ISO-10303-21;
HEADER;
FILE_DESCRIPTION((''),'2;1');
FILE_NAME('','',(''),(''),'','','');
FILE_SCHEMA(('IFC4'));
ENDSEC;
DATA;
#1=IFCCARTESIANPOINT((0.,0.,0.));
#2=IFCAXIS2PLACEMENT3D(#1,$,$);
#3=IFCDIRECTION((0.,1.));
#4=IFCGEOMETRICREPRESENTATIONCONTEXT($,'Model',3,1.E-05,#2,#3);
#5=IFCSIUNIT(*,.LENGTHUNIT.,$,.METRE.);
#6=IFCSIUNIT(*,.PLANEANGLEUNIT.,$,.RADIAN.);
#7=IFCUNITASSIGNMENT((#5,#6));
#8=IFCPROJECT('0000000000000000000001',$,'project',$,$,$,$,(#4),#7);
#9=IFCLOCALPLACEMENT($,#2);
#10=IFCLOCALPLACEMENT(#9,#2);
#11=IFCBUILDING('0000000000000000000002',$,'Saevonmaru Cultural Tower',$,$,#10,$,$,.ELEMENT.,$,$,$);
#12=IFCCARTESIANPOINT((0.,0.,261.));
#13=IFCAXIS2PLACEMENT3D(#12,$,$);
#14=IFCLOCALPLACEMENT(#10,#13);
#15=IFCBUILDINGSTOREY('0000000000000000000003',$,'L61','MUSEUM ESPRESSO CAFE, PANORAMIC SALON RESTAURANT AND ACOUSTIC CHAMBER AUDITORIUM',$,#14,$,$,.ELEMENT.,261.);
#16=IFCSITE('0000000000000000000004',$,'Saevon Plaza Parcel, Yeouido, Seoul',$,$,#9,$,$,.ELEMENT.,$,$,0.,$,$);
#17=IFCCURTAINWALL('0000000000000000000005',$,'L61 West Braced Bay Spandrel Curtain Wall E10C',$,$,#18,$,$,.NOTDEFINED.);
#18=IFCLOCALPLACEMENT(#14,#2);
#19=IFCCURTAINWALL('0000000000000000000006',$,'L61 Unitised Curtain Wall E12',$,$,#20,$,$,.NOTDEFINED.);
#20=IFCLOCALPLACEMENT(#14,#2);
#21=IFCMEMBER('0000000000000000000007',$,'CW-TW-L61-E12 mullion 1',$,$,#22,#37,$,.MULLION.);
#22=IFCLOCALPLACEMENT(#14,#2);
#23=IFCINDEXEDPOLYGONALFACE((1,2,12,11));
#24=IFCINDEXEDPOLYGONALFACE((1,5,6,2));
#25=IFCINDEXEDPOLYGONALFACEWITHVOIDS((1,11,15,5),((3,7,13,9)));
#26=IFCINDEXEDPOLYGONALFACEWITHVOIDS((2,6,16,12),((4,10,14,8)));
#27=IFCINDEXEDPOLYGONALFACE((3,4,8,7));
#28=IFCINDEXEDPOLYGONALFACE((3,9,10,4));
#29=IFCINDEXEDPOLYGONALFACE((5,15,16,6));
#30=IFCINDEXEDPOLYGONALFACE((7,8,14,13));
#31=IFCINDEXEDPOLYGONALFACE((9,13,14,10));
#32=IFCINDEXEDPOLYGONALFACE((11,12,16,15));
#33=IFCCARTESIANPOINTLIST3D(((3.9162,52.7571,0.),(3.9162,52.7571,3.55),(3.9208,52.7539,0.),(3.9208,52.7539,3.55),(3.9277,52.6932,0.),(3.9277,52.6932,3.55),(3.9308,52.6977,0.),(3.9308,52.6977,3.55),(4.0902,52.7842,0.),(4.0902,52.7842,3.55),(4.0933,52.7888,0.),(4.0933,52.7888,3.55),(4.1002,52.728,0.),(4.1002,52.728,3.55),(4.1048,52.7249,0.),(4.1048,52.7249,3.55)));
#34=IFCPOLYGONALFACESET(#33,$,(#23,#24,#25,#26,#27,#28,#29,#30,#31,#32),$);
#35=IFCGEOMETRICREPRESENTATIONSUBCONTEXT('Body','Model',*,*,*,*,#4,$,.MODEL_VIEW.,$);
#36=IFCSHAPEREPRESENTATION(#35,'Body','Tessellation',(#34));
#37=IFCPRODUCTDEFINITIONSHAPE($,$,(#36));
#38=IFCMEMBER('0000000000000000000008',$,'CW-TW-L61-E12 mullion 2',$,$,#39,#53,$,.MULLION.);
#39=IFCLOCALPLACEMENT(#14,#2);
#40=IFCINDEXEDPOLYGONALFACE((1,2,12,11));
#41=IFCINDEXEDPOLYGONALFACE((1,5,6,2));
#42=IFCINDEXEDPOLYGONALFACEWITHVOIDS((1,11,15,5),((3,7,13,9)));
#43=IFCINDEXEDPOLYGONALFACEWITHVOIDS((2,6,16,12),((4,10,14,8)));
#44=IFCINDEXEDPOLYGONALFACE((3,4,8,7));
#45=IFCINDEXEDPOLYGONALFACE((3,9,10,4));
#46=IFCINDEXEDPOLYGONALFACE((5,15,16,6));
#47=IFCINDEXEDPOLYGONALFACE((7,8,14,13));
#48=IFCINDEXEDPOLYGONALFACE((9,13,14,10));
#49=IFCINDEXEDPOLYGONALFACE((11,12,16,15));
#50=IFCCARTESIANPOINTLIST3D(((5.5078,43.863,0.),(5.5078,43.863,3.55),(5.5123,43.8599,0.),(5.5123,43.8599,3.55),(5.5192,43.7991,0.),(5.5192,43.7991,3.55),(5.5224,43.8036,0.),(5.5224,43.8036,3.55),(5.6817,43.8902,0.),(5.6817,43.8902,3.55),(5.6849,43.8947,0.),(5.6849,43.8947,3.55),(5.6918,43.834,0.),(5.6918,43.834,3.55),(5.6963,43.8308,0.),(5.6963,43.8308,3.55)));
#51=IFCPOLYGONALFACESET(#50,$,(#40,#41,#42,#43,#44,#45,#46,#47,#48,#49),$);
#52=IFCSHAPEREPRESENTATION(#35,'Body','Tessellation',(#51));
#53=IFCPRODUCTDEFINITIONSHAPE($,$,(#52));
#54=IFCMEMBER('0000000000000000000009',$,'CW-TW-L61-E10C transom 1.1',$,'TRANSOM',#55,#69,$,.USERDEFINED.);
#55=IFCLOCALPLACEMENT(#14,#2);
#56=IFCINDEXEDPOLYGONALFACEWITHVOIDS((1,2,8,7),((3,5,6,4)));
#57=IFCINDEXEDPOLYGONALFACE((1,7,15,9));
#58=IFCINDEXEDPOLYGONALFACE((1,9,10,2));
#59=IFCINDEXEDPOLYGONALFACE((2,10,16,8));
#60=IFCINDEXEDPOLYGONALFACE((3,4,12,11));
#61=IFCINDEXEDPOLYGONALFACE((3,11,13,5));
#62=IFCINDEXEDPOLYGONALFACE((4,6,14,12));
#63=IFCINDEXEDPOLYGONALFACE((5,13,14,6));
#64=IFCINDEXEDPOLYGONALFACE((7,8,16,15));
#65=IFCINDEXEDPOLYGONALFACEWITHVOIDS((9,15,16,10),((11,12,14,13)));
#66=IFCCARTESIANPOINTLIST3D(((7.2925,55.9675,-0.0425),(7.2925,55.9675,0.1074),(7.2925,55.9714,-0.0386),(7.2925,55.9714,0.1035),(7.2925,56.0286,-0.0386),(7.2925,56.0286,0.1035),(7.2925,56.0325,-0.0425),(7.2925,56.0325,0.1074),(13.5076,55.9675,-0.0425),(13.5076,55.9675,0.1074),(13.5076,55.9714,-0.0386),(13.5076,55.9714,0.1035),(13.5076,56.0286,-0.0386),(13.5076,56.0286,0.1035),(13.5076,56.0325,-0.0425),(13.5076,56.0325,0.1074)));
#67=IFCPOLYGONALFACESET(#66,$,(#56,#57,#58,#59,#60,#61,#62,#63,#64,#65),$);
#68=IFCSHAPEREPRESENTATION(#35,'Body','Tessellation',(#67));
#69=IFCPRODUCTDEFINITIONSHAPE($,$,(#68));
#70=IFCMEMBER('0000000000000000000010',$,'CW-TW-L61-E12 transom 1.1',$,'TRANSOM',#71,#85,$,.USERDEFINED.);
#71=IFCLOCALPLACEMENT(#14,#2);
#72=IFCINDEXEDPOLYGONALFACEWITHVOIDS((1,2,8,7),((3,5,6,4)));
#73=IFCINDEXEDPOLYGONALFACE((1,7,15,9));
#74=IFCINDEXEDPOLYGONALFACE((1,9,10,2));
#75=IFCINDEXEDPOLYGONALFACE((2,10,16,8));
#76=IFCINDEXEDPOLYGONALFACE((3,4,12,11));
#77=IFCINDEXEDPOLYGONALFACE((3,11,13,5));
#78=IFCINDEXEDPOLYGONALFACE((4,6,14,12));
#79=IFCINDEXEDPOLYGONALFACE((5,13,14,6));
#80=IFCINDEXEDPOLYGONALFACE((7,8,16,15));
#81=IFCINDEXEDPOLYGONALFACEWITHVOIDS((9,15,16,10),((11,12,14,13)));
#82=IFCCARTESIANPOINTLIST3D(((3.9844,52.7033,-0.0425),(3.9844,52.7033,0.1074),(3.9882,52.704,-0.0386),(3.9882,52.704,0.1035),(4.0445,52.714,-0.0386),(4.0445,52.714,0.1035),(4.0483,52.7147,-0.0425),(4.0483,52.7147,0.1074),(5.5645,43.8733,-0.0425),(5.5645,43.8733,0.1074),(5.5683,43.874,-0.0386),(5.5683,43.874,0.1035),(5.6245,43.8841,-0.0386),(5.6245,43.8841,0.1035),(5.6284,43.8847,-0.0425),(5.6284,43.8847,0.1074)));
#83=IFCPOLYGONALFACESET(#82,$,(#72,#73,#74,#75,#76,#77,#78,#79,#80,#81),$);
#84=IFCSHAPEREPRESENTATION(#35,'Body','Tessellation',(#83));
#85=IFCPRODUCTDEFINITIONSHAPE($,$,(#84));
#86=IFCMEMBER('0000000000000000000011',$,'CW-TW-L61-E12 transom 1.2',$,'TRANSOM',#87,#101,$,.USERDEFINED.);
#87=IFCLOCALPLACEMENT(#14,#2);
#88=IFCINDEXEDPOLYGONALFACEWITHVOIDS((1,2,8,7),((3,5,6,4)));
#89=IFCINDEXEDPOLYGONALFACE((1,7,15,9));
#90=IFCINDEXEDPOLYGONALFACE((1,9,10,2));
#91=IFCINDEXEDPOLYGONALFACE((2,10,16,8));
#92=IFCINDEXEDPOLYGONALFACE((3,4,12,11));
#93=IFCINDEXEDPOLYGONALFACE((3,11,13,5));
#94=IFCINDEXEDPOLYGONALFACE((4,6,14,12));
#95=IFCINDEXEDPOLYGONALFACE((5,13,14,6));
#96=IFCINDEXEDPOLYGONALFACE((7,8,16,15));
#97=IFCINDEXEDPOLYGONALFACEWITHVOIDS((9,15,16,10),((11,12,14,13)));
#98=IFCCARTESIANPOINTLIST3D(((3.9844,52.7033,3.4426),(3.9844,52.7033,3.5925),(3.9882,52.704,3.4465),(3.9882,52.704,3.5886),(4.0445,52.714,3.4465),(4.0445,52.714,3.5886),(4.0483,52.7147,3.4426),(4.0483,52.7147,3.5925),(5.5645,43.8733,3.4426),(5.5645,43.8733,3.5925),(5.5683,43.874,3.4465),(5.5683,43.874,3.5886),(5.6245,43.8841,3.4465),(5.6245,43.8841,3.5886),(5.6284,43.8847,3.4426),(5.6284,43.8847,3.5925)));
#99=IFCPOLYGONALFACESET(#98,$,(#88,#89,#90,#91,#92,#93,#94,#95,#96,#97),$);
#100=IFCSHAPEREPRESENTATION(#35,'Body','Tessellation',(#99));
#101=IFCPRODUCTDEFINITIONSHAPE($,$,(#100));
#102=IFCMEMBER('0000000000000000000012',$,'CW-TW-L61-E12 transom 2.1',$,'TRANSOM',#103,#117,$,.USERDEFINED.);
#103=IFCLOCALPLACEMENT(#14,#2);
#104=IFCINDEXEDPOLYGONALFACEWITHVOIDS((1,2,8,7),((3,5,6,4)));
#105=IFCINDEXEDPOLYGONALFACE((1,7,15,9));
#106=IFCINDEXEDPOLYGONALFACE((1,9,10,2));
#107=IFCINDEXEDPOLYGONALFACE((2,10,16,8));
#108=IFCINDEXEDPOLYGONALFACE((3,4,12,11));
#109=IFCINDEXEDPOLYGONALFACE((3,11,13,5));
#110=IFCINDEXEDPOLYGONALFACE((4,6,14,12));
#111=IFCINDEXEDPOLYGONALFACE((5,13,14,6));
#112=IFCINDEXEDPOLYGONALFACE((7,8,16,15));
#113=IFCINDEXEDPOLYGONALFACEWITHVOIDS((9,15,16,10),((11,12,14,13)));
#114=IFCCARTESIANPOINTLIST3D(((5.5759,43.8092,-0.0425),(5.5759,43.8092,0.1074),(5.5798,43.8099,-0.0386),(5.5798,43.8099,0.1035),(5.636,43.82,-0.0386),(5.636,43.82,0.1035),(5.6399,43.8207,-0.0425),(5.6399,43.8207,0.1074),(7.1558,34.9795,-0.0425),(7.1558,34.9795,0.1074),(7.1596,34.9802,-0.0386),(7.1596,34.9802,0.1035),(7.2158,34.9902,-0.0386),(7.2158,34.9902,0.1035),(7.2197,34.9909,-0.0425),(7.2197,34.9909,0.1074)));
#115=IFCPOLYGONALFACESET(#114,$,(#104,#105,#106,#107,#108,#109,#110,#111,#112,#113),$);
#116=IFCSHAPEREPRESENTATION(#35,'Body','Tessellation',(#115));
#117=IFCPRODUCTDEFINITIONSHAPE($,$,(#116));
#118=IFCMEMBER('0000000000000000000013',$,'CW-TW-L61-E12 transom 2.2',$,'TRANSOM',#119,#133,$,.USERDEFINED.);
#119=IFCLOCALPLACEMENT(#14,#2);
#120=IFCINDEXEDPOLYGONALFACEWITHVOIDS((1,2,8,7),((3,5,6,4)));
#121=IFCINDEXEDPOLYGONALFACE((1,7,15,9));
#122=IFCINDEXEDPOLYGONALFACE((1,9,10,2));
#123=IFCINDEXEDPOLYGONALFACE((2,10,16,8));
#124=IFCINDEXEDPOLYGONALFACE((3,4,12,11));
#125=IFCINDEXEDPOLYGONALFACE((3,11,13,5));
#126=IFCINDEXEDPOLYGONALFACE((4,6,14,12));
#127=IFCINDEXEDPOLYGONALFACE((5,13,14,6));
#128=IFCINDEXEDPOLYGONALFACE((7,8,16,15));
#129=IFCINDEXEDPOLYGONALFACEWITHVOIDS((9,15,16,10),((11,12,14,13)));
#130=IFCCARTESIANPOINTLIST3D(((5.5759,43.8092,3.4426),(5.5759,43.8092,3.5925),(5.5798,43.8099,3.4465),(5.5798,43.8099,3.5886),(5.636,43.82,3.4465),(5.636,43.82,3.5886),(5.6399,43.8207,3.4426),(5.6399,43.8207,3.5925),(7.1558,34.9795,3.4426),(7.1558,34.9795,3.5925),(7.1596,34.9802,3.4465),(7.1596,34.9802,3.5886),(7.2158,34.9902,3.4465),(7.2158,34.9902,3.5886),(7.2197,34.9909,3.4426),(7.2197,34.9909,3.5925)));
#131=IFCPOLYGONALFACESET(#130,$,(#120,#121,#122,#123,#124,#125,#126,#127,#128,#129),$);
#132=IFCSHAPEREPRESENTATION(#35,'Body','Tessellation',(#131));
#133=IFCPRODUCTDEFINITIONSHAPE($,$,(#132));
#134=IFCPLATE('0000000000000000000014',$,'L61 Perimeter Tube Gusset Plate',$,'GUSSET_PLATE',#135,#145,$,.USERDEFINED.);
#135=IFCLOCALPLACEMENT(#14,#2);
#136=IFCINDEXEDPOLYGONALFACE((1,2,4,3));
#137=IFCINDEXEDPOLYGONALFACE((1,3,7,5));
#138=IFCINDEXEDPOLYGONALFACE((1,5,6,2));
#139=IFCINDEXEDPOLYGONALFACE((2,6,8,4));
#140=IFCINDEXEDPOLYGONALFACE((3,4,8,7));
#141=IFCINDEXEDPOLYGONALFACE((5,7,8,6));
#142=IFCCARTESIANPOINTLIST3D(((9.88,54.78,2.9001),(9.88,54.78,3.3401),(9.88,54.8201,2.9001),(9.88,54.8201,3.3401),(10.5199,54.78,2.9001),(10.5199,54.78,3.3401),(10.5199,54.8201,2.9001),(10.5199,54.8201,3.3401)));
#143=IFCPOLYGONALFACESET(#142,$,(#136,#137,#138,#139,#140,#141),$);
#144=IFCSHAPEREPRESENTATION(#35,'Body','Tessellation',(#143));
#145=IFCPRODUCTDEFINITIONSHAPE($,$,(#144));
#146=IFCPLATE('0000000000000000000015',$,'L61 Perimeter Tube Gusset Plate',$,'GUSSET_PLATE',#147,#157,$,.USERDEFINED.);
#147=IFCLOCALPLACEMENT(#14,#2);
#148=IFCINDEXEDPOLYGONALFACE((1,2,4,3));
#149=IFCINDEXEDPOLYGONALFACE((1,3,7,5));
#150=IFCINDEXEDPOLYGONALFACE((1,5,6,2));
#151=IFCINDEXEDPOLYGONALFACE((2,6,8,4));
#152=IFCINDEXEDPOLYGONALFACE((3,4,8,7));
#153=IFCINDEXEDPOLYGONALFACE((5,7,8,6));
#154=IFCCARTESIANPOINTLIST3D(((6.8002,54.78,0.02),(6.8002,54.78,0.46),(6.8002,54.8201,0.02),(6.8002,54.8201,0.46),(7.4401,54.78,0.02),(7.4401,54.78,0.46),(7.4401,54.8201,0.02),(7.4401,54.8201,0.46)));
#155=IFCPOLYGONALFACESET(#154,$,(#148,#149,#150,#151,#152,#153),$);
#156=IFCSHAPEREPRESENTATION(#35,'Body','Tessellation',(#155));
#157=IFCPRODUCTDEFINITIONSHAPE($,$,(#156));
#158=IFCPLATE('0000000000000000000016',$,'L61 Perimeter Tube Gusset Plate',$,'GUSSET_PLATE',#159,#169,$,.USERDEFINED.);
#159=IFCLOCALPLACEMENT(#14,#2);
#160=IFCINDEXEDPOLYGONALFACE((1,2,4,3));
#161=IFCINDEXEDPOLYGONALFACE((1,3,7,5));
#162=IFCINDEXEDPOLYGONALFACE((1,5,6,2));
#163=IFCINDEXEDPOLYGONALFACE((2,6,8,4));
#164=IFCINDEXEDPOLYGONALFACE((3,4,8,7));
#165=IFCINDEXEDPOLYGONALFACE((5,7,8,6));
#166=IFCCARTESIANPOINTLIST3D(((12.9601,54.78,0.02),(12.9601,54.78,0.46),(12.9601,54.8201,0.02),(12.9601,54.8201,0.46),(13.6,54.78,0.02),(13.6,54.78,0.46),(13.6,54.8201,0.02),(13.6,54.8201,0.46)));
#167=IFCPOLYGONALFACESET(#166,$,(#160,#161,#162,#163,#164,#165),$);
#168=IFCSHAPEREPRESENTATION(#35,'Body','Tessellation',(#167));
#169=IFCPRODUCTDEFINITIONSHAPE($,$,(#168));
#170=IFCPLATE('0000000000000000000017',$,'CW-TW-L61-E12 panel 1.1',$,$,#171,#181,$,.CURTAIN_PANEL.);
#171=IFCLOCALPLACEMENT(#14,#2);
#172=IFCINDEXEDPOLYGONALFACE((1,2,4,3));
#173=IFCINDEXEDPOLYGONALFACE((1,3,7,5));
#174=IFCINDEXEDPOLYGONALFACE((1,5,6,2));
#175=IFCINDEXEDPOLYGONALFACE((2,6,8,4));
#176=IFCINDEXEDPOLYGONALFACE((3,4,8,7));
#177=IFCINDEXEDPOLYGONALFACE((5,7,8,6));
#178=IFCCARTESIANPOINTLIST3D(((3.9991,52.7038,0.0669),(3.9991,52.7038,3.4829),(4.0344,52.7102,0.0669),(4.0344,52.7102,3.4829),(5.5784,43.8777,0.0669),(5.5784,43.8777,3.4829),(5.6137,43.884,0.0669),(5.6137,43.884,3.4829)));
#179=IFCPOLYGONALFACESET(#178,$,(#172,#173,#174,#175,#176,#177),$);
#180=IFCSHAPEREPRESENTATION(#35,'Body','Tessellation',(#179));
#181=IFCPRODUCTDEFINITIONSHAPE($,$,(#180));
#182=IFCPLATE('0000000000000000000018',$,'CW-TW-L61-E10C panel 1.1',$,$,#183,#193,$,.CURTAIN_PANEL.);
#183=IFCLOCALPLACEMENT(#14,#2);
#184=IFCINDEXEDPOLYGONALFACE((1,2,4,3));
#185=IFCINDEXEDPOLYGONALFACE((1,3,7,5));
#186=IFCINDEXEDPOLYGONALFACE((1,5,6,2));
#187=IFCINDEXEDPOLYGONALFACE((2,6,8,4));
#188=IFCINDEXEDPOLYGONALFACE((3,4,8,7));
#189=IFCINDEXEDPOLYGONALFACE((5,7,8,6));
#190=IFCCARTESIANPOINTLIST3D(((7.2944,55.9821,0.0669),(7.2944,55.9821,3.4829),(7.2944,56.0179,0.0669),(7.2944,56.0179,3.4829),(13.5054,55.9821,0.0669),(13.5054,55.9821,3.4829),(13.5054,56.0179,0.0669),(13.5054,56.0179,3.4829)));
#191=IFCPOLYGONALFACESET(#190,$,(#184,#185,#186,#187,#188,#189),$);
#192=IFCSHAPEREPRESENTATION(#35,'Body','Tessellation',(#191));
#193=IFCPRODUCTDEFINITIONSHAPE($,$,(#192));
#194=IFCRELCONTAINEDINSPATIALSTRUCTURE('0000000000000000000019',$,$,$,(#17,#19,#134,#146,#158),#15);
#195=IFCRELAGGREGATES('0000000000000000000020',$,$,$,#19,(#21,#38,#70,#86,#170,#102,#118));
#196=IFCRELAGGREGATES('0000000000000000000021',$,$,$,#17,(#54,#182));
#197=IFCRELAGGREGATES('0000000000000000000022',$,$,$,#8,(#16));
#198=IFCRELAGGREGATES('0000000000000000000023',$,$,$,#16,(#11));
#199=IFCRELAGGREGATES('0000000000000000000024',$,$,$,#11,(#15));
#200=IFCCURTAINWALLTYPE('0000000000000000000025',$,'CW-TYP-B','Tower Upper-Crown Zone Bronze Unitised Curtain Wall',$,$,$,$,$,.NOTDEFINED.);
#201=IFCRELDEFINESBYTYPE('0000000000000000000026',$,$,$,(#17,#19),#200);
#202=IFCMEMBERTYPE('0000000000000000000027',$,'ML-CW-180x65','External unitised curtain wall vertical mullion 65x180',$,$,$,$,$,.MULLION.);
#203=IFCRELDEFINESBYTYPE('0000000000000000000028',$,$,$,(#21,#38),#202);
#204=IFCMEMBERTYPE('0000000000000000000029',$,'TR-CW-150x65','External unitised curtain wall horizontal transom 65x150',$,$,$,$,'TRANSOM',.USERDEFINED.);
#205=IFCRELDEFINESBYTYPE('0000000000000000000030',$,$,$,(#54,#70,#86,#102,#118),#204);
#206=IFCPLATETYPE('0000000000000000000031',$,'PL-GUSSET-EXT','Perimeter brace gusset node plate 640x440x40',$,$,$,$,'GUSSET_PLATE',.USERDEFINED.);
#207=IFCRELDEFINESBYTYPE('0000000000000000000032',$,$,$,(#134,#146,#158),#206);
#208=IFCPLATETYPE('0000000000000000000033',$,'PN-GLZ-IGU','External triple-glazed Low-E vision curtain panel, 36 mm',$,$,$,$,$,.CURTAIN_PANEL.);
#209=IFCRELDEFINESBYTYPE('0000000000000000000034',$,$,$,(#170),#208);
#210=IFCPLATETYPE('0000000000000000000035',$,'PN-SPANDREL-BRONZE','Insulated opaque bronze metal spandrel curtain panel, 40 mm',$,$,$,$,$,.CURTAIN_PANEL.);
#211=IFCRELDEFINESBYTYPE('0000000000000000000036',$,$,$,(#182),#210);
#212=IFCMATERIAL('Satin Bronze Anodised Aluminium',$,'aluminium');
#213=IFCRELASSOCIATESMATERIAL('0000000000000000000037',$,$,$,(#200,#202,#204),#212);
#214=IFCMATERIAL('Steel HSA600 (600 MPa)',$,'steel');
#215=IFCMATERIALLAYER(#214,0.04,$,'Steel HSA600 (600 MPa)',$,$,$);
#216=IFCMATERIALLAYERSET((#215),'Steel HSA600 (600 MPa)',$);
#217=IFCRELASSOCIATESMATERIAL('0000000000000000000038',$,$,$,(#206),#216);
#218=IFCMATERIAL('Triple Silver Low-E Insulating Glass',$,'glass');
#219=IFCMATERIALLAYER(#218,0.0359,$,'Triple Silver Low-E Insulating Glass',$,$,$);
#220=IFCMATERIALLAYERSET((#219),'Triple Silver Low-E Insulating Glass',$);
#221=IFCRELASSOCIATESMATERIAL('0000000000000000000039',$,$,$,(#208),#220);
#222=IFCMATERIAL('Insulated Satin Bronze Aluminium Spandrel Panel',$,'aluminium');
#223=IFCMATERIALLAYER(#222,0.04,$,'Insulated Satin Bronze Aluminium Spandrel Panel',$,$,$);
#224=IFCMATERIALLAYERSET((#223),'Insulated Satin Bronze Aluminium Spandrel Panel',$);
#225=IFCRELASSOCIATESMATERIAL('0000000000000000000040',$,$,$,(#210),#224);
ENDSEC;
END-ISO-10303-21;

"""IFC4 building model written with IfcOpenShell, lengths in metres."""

from ifc_helpers import new_model, si_unit, direction, frame, origin, origin_2d, place, context, subcontext, project, spatial, rectangle, hollow_rectangle, extrude, material, layer, layer_set, material_profile, profile_set, type_object, element, aggregate, save


model = new_model("IFC4")

# Units and contexts
model_context = context("Model", 3, precision=1e-05, world=origin(), true_north=direction((0.0, 1.0)))
body_context = subcontext(model_context, "Body", "Model", "MODEL_VIEW")
ifc_project = project(units=[si_unit("LENGTHUNIT", "METRE"), si_unit("PLANEANGLEUNIT", "RADIAN")], contexts=[model_context])

# Site, building, storey
site_placement = place(None, origin())
site = spatial("IfcSite", under=ifc_project, at=site_placement, Name="Saevon Plaza Parcel, Yeouido, Seoul", CompositionType="ELEMENT", RefElevation=0.0)
building_placement = place(site_placement, origin())
building = spatial("IfcBuilding", under=site, at=building_placement, Name="Saevonmaru Cultural Tower", CompositionType="ELEMENT")
storey_placement = place(building_placement, frame((0.0, 0.0, 261.0)))
storey = spatial("IfcBuildingStorey", under=building, at=storey_placement, Name="L61", Description="MUSEUM ESPRESSO CAFE, PANORAMIC SALON RESTAURANT AND ACOUSTIC CHAMBER AUDITORIUM", CompositionType="ELEMENT", Elevation=261.0)

# Curtain wall
ifc_material_1 = material(Name="Satin Bronze Anodised Aluminium", Category="aluminium")
curtain_wall_type = type_object("IfcCurtainWallType", Name="CW-TYP-B", Description="Tower Upper-Crown Zone Bronze Unitised Curtain Wall", PredefinedType="NOTDEFINED", material=ifc_material_1)
curtain_wall_1_placement = place(storey_placement, origin())
curtain_wall_1 = element("IfcCurtainWall", 1, at=curtain_wall_1_placement, inside=storey, type_object=curtain_wall_type, Name="L61 West Braced Bay Spandrel Curtain Wall E10C", PredefinedType="NOTDEFINED")
ifc_material_profile_1 = material_profile(ifc_material_1, hollow_rectangle(XDim=0.0649, YDim=0.1799, WallThickness=0.0039, at=origin_2d()), Name="ALU-MULL-180x65x4")
ifc_profile_set_1 = profile_set([ifc_material_profile_1], Name="Satin Bronze Anodised Aluminium")
member_type_1 = type_object("IfcMemberType", Name="ML-CW-180x65", Description="External unitised curtain wall vertical mullion 65x180", PredefinedType="MULLION", material=ifc_profile_set_1)

# Curtain wall, members
curtain_wall_2_placement = place(storey_placement, origin())
curtain_wall_2 = element("IfcCurtainWall", 2, at=curtain_wall_2_placement, inside=storey, type_object=curtain_wall_type, Name="L61 Unitised Curtain Wall E12", PredefinedType="NOTDEFINED")
member_1_placement = place(storey_placement, frame((4.0105, 52.741, 0.0), z_axis=(0.0, 0.0, 1.0), x_axis=(0.176141, -0.984365, 0.0)))
member_1 = element("IfcMember", 3, at=member_1_placement, type_object=member_type_1, Name="CW-TW-L61-E12 mullion 1", PredefinedType="MULLION", context=body_context, shape_type="SweptSolid", body=[
    extrude(hollow_rectangle(XDim=0.0649, YDim=0.1799, WallThickness=0.0039, at=origin_2d()), origin(), (0.0, 0.0, 1.0), 3.55),
])
member_2_placement = place(storey_placement, frame((5.6021, 43.8469, 0.0), z_axis=(0.0, 0.0, 1.0), x_axis=(0.176141, -0.984365, 0.0)))
member_2 = element("IfcMember", 4, at=member_2_placement, type_object=member_type_1, Name="CW-TW-L61-E12 mullion 2", PredefinedType="MULLION", context=body_context, shape_type="SweptSolid", body=[
    extrude(hollow_rectangle(XDim=0.0649, YDim=0.1799, WallThickness=0.0039, at=origin_2d()), origin(), (0.0, 0.0, 1.0), 3.55),
])

# Members
ifc_material_profile_2 = material_profile(ifc_material_1, hollow_rectangle(XDim=0.0649, YDim=0.1499, WallThickness=0.0039, at=origin_2d()), Name="ALU-TRAN-150x65x4")
ifc_profile_set_2 = profile_set([ifc_material_profile_2], Name="Satin Bronze Anodised Aluminium")
member_type_2 = type_object("IfcMemberType", Name="TR-CW-150x65", Description="External unitised curtain wall horizontal transom 65x150", ElementType="TRANSOM", PredefinedType="USERDEFINED", material=ifc_profile_set_2)
member_3_placement = place(storey_placement, frame((13.5076, 56.0, 0.0325), z_axis=(-1.0, 0.0, 0.0), x_axis=(0.0, -1.0, 0.0)))
member_3 = element("IfcMember", 5, at=member_3_placement, type_object=member_type_2, Name="CW-TW-L61-E10C transom 1.1", ObjectType="TRANSOM", PredefinedType="USERDEFINED", context=body_context, shape_type="SweptSolid", body=[
    extrude(hollow_rectangle(XDim=0.0649, YDim=0.1499, WallThickness=0.0039, at=origin_2d()), origin(), (0.0, 0.0, 1.0), 6.2151),
])
member_4_placement = place(storey_placement, frame((4.0164, 52.709, 0.0325), z_axis=(0.176145, -0.984364, 0.0), x_axis=(0.984364, 0.176145, 0.0)))
member_4 = element("IfcMember", 6, at=member_4_placement, type_object=member_type_2, Name="CW-TW-L61-E12 transom 1.1", ObjectType="TRANSOM", PredefinedType="USERDEFINED", context=body_context, shape_type="SweptSolid", body=[
    extrude(hollow_rectangle(XDim=0.0649, YDim=0.1499, WallThickness=0.0039, at=origin_2d()), origin(), (0.0, 0.0, 1.0), 8.9702),
])
member_5_placement = place(storey_placement, frame((4.0164, 52.709, 3.5176), z_axis=(0.176145, -0.984364, 0.0), x_axis=(0.984364, 0.176145, 0.0)))
member_5 = element("IfcMember", 7, at=member_5_placement, type_object=member_type_2, Name="CW-TW-L61-E12 transom 1.2", ObjectType="TRANSOM", PredefinedType="USERDEFINED", context=body_context, shape_type="SweptSolid", body=[
    extrude(hollow_rectangle(XDim=0.0649, YDim=0.1499, WallThickness=0.0039, at=origin_2d()), origin(), (0.0, 0.0, 1.0), 8.9702),
])
member_6_placement = place(storey_placement, frame((5.6079, 43.8149, 0.0325), z_axis=(0.176123, -0.984368, 0.0), x_axis=(0.984368, 0.176123, 0.0)))
member_6 = element("IfcMember", 8, at=member_6_placement, type_object=member_type_2, Name="CW-TW-L61-E12 transom 2.1", ObjectType="TRANSOM", PredefinedType="USERDEFINED", context=body_context, shape_type="SweptSolid", body=[
    extrude(hollow_rectangle(XDim=0.0649, YDim=0.1499, WallThickness=0.0039, at=origin_2d()), origin(), (0.0, 0.0, 1.0), 8.97),
])
member_7_placement = place(storey_placement, frame((5.6079, 43.8149, 3.5176), z_axis=(0.176123, -0.984368, 0.0), x_axis=(0.984368, 0.176123, 0.0)))
member_7 = element("IfcMember", 9, at=member_7_placement, type_object=member_type_2, Name="CW-TW-L61-E12 transom 2.2", ObjectType="TRANSOM", PredefinedType="USERDEFINED", context=body_context, shape_type="SweptSolid", body=[
    extrude(hollow_rectangle(XDim=0.0649, YDim=0.1499, WallThickness=0.0039, at=origin_2d()), origin(), (0.0, 0.0, 1.0), 8.97),
])

# Plates
ifc_material_2 = material(Name="Steel HSA600 (600 MPa)", Category="steel")
ifc_layer_1 = layer(ifc_material_2, 0.04, Name="Steel HSA600 (600 MPa)")
ifc_layer_set_1 = layer_set([ifc_layer_1], Name="Steel HSA600 (600 MPa)")
plate_type_1 = type_object("IfcPlateType", Name="PL-GUSSET-EXT", Description="Perimeter brace gusset node plate 640x440x40", ElementType="GUSSET_PLATE", PredefinedType="USERDEFINED", material=ifc_layer_set_1)
for number, where, z_axis, x_axis, name in (
    (10, (10.2, 54.8, 2.9001), (0.0, 0.0, 1.0), (1.0, 0.0, 0.0), "L61 Perimeter Tube Gusset Plate"),
    (11, (7.1201, 54.8, 0.02), (0.0, 0.0, 1.0), (1.0, 0.0, 0.0), "L61 Perimeter Tube Gusset Plate"),
    (12, (13.28, 54.8, 0.02), (0.0, 0.0, 1.0), (1.0, 0.0, 0.0), "L61 Perimeter Tube Gusset Plate"),
):
    element("IfcPlate", number, at=place(storey_placement, frame(where, z_axis=z_axis, x_axis=x_axis)), inside=storey, type_object=plate_type_1, Name=name, ObjectType="GUSSET_PLATE", PredefinedType="USERDEFINED", context=body_context, shape_type="SweptSolid", body=[
        extrude(rectangle(XDim=0.6399, YDim=0.04, at=origin_2d()), origin(), (0.0, 0.0, 1.0), 0.4399),
    ])

# Plates
ifc_material_3 = material(Name="Triple Silver Low-E Insulating Glass", Category="glass")
ifc_layer_2 = layer(ifc_material_3, 0.0359, Name="Triple Silver Low-E Insulating Glass")
ifc_layer_set_2 = layer_set([ifc_layer_2], Name="Triple Silver Low-E Insulating Glass")
plate_type_2 = type_object("IfcPlateType", Name="PN-GLZ-IGU", Description="External triple-glazed Low-E vision curtain panel, 36 mm", PredefinedType="CURTAIN_PANEL", material=ifc_layer_set_2)
plate_1_placement = place(storey_placement, frame((4.8064, 48.2939, 0.0669), z_axis=(0.0, 0.0, 1.0), x_axis=(0.176141, -0.984365, 0.0)))
plate_1 = element("IfcPlate", 13, at=plate_1_placement, type_object=plate_type_2, Name="CW-TW-L61-E12 panel 1.1", PredefinedType="CURTAIN_PANEL", context=body_context, shape_type="SweptSolid", body=[
    extrude(rectangle(XDim=8.9663, YDim=0.0359, at=origin_2d()), origin(), (0.0, 0.0, 1.0), 3.416),
])
aggregate(curtain_wall_2, [member_1, member_2, member_4, member_5, plate_1, member_6, member_7])
ifc_material_4 = material(Name="Insulated Satin Bronze Aluminium Spandrel Panel", Category="aluminium")
ifc_layer_3 = layer(ifc_material_4, 0.04, Name="Insulated Satin Bronze Aluminium Spandrel Panel")
ifc_layer_set_3 = layer_set([ifc_layer_3], Name="Insulated Satin Bronze Aluminium Spandrel Panel")
plate_type_3 = type_object("IfcPlateType", Name="PN-SPANDREL-BRONZE", Description="Insulated opaque bronze metal spandrel curtain panel, 40 mm", PredefinedType="CURTAIN_PANEL", material=ifc_layer_set_3)
plate_2_placement = place(storey_placement, frame((10.3999, 56.0, 0.0669), z_axis=(0.0, 0.0, 1.0), x_axis=(-1.0, 0.0, 0.0)))
plate_2 = element("IfcPlate", 14, at=plate_2_placement, type_object=plate_type_3, Name="CW-TW-L61-E10C panel 1.1", PredefinedType="CURTAIN_PANEL", context=body_context, shape_type="SweptSolid", body=[
    extrude(rectangle(XDim=6.2109, YDim=0.0359, at=origin_2d()), origin(), (0.0, 0.0, 1.0), 3.416),
])
aggregate(curtain_wall_1, [member_3, plate_2])

save(model, "model.ifc")
